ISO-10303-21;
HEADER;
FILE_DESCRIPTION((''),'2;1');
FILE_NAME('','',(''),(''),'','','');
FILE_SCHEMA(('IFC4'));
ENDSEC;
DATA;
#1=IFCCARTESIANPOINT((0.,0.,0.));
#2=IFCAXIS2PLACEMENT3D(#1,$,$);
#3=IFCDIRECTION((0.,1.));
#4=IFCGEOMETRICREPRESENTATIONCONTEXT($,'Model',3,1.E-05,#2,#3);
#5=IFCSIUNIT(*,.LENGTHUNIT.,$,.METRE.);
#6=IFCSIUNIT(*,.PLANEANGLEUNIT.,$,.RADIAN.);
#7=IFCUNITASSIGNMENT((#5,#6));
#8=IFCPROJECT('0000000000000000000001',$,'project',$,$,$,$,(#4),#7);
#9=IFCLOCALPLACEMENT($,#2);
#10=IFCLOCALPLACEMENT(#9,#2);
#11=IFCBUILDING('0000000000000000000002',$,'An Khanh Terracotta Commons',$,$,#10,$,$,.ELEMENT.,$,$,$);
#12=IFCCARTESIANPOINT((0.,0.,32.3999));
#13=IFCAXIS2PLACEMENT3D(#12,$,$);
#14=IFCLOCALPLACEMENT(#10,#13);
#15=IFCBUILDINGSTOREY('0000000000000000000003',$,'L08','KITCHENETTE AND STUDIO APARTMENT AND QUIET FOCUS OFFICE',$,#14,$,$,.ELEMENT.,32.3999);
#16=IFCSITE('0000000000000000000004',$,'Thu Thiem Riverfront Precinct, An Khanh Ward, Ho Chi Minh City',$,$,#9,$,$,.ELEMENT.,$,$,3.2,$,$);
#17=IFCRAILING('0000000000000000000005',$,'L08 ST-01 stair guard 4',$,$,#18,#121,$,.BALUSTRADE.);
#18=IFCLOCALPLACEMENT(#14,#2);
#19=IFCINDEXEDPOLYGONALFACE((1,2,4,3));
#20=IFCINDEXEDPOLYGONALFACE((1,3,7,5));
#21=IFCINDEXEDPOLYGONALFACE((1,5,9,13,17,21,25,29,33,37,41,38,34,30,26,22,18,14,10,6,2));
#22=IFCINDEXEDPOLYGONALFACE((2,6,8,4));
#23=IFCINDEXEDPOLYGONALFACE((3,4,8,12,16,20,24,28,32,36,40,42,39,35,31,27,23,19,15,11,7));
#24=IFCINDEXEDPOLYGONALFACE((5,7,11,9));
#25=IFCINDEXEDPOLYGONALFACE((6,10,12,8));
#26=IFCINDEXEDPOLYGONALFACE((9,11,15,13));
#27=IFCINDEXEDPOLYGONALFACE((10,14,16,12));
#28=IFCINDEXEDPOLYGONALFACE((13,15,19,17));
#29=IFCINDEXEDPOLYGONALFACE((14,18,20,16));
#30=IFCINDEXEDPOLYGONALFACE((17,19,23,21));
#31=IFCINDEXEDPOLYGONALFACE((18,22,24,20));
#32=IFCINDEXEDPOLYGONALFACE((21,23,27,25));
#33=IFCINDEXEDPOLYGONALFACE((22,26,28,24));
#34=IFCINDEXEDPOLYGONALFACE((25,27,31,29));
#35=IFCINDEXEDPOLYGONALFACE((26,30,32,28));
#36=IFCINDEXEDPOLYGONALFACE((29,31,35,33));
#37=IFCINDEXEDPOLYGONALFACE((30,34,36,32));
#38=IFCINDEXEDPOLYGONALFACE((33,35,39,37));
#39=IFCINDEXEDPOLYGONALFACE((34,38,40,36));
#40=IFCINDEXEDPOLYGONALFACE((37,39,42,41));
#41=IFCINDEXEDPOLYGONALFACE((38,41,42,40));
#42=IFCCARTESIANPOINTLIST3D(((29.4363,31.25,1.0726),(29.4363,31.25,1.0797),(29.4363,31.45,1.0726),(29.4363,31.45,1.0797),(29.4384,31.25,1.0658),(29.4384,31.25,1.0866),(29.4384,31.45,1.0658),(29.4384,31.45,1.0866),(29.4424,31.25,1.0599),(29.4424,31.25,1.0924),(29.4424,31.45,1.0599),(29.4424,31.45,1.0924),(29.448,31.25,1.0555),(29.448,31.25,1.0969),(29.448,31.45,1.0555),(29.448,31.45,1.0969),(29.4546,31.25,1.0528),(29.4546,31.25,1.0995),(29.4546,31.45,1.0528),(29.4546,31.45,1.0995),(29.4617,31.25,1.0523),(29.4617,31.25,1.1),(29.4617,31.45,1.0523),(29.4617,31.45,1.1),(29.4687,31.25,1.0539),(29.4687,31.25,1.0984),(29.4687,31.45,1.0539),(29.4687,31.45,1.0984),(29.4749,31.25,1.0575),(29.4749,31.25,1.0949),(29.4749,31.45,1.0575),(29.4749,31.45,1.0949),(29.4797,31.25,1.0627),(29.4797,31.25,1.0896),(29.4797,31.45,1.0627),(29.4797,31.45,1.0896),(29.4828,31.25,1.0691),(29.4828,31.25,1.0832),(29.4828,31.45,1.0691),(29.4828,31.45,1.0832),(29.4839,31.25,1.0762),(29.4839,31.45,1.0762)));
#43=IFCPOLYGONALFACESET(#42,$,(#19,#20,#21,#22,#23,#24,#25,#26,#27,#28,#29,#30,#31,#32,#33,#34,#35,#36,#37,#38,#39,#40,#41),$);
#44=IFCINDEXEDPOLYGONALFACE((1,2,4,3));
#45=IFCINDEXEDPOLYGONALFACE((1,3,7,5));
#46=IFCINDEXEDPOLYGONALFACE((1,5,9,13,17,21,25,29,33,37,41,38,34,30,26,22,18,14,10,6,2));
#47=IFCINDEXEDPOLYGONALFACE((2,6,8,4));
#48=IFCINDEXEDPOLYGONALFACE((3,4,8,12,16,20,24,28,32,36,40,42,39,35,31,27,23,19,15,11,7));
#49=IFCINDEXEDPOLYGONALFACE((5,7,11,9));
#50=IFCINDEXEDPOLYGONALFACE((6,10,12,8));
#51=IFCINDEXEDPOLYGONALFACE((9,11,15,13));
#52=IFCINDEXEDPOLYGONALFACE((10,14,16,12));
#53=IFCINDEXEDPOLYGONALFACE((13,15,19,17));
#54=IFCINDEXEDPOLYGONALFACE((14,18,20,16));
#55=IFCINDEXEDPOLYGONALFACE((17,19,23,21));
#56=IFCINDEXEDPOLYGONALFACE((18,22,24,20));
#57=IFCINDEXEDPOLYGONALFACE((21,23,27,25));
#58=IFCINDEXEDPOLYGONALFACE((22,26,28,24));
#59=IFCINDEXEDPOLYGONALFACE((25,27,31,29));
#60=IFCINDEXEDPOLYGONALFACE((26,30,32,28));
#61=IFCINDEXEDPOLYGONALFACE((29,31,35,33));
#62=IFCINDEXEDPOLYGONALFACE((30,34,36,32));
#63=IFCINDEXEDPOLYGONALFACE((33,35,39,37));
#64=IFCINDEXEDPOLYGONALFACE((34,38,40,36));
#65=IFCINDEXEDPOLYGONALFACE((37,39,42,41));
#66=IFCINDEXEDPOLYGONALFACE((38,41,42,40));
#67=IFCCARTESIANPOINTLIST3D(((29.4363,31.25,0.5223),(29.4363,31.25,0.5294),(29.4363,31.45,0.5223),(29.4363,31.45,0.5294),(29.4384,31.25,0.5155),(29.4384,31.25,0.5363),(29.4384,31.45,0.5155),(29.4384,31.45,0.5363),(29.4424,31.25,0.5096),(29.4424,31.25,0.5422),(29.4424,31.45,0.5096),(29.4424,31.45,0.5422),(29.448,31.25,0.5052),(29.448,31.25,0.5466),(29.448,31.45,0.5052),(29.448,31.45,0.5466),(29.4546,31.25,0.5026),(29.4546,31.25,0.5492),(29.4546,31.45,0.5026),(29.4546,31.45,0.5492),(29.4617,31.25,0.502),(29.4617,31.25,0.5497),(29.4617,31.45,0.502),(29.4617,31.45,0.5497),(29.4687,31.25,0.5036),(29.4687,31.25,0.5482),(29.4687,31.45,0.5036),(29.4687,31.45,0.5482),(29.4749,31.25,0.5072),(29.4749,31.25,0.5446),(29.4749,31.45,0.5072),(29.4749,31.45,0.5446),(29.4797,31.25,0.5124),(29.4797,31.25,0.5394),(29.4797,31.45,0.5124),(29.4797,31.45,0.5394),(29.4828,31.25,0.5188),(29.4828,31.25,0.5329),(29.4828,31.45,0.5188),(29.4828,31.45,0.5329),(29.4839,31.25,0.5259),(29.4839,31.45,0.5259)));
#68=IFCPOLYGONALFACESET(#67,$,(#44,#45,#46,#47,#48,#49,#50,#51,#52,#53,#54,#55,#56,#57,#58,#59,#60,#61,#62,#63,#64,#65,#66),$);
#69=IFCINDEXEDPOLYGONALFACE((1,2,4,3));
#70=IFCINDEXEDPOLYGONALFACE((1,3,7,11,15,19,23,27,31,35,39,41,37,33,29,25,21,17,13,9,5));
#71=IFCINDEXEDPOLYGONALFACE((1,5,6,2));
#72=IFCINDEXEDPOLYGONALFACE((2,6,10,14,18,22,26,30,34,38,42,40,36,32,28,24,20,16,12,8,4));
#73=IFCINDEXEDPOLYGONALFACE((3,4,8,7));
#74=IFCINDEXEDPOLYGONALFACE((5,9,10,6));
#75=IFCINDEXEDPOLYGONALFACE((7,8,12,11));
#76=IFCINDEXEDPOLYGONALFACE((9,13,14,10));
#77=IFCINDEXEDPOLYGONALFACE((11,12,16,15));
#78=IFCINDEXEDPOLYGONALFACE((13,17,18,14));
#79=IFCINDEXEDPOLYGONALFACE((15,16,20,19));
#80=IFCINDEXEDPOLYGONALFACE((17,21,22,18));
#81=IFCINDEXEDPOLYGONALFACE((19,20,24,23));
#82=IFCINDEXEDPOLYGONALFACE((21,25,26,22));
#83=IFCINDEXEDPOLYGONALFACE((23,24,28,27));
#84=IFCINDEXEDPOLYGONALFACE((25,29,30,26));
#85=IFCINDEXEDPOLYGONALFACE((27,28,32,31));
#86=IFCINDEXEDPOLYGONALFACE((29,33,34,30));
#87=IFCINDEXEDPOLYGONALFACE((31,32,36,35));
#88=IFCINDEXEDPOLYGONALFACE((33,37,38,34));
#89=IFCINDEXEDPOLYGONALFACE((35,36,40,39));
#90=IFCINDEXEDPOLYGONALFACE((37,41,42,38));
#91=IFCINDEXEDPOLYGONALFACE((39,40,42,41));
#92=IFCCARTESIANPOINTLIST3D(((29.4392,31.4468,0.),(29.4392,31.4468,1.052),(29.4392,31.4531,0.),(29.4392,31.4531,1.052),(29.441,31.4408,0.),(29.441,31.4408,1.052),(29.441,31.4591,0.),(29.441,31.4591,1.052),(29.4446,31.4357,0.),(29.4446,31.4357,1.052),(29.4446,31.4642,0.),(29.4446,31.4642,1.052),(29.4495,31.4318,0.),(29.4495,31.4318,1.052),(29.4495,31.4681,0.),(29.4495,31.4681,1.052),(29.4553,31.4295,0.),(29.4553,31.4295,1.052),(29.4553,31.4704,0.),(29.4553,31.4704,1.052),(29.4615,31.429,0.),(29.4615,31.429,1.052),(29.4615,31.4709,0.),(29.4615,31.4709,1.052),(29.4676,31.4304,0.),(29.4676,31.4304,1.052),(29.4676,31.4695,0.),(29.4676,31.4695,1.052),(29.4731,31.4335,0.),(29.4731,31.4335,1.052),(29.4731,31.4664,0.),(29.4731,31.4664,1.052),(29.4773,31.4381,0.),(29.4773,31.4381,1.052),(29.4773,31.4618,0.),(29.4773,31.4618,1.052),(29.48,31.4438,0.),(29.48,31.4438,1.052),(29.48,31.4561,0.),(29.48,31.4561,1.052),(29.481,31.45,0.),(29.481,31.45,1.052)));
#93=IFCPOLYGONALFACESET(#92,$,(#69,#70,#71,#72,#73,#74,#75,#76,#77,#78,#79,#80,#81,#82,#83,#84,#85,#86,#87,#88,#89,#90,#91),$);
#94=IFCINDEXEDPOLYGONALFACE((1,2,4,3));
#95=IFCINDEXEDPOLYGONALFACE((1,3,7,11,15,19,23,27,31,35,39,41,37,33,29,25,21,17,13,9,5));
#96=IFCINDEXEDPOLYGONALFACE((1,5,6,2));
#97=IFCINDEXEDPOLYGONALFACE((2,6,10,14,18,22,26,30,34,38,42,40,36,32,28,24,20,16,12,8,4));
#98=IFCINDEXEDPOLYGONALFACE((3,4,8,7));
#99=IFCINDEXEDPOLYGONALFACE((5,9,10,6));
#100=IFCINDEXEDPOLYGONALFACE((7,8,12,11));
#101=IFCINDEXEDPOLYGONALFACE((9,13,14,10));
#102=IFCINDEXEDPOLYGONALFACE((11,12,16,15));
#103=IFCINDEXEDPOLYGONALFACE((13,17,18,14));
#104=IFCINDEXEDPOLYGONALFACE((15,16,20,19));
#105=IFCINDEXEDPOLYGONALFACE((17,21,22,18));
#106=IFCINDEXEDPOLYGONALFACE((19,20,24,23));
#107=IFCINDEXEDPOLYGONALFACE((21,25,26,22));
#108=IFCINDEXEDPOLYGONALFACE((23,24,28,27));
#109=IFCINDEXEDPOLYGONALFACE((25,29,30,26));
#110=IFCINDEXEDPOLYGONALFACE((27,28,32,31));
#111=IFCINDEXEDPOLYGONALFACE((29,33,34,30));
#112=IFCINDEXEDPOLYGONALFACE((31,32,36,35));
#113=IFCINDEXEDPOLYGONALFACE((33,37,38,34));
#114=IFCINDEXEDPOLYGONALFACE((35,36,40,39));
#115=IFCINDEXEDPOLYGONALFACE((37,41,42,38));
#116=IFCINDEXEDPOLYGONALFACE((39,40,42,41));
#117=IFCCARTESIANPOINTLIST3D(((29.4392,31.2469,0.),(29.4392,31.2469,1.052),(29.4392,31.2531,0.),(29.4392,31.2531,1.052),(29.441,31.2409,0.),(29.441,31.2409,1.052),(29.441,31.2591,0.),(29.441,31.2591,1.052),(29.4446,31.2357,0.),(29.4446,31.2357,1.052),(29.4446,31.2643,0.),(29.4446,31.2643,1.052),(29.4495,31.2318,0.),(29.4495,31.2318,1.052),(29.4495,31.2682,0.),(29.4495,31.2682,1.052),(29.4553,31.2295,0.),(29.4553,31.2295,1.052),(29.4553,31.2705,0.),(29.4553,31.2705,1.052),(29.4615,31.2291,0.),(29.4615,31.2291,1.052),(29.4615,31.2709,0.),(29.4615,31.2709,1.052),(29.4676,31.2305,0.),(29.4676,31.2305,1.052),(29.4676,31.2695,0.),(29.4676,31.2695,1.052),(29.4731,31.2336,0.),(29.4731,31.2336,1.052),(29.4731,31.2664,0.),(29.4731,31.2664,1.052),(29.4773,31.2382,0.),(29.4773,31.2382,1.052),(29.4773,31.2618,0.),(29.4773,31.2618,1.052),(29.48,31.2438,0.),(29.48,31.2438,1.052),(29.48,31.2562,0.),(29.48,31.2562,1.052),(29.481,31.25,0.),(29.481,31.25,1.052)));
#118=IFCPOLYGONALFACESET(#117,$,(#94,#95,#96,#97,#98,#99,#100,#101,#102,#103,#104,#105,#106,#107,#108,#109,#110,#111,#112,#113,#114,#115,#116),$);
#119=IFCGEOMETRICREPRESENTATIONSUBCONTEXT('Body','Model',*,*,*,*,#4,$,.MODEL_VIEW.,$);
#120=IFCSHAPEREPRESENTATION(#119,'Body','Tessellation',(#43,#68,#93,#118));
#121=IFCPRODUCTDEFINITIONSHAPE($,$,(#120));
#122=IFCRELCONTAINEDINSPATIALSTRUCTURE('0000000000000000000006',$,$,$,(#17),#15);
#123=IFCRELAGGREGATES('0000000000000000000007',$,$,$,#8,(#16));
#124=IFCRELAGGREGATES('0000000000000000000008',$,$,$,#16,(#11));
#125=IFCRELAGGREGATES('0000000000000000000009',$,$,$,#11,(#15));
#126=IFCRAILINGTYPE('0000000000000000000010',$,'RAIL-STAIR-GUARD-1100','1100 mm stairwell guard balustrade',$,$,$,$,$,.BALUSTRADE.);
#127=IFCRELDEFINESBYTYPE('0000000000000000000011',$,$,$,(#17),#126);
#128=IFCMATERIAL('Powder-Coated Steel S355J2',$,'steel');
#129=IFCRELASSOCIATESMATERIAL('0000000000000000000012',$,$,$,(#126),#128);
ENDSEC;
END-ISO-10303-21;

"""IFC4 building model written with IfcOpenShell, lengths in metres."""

from ifc_helpers import new_model, si_unit, direction, frame, origin, origin_2d, place, context, subcontext, project, spatial, circle, extrude, material, type_object, element, save


model = new_model("IFC4")

# Units and contexts
model_context = context("Model", 3, precision=1e-05, world=origin(), true_north=direction((0.0, 1.0)))
body_context = subcontext(model_context, "Body", "Model", "MODEL_VIEW")
ifc_project = project(units=[si_unit("LENGTHUNIT", "METRE"), si_unit("PLANEANGLEUNIT", "RADIAN")], contexts=[model_context])

# Site, building, storey
site_placement = place(None, origin())
site = spatial("IfcSite", under=ifc_project, at=site_placement, Name="Thu Thiem Riverfront Precinct, An Khanh Ward, Ho Chi Minh City", CompositionType="ELEMENT", RefElevation=3.2)
building_placement = place(site_placement, origin())
building = spatial("IfcBuilding", under=site, at=building_placement, Name="An Khanh Terracotta Commons", CompositionType="ELEMENT")
storey_placement = place(building_placement, frame((0.0, 0.0, 32.3999)))
storey = spatial("IfcBuildingStorey", under=building, at=storey_placement, Name="L08", Description="KITCHENETTE AND STUDIO APARTMENT AND QUIET FOCUS OFFICE", CompositionType="ELEMENT", Elevation=32.3999)

# Railing
ifc_material_1 = material(Name="Powder-Coated Steel S355J2", Category="steel")
railing_type_1 = type_object("IfcRailingType", Name="RAIL-STAIR-GUARD-1100", Description="1100 mm stairwell guard balustrade", PredefinedType="BALUSTRADE", material=ifc_material_1)
railing_1_placement = place(storey_placement, frame((29.46, 31.45, 0.0)))
element("IfcRailing", 1, at=railing_1_placement, inside=storey, type_object=railing_type_1, Name="L08 ST-01 stair guard 4", PredefinedType="BALUSTRADE", context=body_context, shape_type="SweptSolid", body=[
    extrude(circle(Radius=0.0239, at=origin_2d()), frame((0.0, 0.0, 1.0762), z_axis=(0.0, -1.0, 0.0), x_axis=(1.0, 0.0, 0.0)), (0.0, 0.0, 1.0), 0.2),
    extrude(circle(Radius=0.0239, at=origin_2d()), frame((0.0, 0.0, 0.5259), z_axis=(0.0, -1.0, 0.0), x_axis=(1.0, 0.0, 0.0)), (0.0, 0.0, 1.0), 0.2),
    extrude(circle(Radius=0.021, at=origin_2d()), origin(), (0.0, 0.0, 1.0), 1.052),
    extrude(circle(Radius=0.021, at=origin_2d()), frame((0.0, -0.2, 0.0)), (0.0, 0.0, 1.0), 1.052),
])

save(model, "model.ifc")
